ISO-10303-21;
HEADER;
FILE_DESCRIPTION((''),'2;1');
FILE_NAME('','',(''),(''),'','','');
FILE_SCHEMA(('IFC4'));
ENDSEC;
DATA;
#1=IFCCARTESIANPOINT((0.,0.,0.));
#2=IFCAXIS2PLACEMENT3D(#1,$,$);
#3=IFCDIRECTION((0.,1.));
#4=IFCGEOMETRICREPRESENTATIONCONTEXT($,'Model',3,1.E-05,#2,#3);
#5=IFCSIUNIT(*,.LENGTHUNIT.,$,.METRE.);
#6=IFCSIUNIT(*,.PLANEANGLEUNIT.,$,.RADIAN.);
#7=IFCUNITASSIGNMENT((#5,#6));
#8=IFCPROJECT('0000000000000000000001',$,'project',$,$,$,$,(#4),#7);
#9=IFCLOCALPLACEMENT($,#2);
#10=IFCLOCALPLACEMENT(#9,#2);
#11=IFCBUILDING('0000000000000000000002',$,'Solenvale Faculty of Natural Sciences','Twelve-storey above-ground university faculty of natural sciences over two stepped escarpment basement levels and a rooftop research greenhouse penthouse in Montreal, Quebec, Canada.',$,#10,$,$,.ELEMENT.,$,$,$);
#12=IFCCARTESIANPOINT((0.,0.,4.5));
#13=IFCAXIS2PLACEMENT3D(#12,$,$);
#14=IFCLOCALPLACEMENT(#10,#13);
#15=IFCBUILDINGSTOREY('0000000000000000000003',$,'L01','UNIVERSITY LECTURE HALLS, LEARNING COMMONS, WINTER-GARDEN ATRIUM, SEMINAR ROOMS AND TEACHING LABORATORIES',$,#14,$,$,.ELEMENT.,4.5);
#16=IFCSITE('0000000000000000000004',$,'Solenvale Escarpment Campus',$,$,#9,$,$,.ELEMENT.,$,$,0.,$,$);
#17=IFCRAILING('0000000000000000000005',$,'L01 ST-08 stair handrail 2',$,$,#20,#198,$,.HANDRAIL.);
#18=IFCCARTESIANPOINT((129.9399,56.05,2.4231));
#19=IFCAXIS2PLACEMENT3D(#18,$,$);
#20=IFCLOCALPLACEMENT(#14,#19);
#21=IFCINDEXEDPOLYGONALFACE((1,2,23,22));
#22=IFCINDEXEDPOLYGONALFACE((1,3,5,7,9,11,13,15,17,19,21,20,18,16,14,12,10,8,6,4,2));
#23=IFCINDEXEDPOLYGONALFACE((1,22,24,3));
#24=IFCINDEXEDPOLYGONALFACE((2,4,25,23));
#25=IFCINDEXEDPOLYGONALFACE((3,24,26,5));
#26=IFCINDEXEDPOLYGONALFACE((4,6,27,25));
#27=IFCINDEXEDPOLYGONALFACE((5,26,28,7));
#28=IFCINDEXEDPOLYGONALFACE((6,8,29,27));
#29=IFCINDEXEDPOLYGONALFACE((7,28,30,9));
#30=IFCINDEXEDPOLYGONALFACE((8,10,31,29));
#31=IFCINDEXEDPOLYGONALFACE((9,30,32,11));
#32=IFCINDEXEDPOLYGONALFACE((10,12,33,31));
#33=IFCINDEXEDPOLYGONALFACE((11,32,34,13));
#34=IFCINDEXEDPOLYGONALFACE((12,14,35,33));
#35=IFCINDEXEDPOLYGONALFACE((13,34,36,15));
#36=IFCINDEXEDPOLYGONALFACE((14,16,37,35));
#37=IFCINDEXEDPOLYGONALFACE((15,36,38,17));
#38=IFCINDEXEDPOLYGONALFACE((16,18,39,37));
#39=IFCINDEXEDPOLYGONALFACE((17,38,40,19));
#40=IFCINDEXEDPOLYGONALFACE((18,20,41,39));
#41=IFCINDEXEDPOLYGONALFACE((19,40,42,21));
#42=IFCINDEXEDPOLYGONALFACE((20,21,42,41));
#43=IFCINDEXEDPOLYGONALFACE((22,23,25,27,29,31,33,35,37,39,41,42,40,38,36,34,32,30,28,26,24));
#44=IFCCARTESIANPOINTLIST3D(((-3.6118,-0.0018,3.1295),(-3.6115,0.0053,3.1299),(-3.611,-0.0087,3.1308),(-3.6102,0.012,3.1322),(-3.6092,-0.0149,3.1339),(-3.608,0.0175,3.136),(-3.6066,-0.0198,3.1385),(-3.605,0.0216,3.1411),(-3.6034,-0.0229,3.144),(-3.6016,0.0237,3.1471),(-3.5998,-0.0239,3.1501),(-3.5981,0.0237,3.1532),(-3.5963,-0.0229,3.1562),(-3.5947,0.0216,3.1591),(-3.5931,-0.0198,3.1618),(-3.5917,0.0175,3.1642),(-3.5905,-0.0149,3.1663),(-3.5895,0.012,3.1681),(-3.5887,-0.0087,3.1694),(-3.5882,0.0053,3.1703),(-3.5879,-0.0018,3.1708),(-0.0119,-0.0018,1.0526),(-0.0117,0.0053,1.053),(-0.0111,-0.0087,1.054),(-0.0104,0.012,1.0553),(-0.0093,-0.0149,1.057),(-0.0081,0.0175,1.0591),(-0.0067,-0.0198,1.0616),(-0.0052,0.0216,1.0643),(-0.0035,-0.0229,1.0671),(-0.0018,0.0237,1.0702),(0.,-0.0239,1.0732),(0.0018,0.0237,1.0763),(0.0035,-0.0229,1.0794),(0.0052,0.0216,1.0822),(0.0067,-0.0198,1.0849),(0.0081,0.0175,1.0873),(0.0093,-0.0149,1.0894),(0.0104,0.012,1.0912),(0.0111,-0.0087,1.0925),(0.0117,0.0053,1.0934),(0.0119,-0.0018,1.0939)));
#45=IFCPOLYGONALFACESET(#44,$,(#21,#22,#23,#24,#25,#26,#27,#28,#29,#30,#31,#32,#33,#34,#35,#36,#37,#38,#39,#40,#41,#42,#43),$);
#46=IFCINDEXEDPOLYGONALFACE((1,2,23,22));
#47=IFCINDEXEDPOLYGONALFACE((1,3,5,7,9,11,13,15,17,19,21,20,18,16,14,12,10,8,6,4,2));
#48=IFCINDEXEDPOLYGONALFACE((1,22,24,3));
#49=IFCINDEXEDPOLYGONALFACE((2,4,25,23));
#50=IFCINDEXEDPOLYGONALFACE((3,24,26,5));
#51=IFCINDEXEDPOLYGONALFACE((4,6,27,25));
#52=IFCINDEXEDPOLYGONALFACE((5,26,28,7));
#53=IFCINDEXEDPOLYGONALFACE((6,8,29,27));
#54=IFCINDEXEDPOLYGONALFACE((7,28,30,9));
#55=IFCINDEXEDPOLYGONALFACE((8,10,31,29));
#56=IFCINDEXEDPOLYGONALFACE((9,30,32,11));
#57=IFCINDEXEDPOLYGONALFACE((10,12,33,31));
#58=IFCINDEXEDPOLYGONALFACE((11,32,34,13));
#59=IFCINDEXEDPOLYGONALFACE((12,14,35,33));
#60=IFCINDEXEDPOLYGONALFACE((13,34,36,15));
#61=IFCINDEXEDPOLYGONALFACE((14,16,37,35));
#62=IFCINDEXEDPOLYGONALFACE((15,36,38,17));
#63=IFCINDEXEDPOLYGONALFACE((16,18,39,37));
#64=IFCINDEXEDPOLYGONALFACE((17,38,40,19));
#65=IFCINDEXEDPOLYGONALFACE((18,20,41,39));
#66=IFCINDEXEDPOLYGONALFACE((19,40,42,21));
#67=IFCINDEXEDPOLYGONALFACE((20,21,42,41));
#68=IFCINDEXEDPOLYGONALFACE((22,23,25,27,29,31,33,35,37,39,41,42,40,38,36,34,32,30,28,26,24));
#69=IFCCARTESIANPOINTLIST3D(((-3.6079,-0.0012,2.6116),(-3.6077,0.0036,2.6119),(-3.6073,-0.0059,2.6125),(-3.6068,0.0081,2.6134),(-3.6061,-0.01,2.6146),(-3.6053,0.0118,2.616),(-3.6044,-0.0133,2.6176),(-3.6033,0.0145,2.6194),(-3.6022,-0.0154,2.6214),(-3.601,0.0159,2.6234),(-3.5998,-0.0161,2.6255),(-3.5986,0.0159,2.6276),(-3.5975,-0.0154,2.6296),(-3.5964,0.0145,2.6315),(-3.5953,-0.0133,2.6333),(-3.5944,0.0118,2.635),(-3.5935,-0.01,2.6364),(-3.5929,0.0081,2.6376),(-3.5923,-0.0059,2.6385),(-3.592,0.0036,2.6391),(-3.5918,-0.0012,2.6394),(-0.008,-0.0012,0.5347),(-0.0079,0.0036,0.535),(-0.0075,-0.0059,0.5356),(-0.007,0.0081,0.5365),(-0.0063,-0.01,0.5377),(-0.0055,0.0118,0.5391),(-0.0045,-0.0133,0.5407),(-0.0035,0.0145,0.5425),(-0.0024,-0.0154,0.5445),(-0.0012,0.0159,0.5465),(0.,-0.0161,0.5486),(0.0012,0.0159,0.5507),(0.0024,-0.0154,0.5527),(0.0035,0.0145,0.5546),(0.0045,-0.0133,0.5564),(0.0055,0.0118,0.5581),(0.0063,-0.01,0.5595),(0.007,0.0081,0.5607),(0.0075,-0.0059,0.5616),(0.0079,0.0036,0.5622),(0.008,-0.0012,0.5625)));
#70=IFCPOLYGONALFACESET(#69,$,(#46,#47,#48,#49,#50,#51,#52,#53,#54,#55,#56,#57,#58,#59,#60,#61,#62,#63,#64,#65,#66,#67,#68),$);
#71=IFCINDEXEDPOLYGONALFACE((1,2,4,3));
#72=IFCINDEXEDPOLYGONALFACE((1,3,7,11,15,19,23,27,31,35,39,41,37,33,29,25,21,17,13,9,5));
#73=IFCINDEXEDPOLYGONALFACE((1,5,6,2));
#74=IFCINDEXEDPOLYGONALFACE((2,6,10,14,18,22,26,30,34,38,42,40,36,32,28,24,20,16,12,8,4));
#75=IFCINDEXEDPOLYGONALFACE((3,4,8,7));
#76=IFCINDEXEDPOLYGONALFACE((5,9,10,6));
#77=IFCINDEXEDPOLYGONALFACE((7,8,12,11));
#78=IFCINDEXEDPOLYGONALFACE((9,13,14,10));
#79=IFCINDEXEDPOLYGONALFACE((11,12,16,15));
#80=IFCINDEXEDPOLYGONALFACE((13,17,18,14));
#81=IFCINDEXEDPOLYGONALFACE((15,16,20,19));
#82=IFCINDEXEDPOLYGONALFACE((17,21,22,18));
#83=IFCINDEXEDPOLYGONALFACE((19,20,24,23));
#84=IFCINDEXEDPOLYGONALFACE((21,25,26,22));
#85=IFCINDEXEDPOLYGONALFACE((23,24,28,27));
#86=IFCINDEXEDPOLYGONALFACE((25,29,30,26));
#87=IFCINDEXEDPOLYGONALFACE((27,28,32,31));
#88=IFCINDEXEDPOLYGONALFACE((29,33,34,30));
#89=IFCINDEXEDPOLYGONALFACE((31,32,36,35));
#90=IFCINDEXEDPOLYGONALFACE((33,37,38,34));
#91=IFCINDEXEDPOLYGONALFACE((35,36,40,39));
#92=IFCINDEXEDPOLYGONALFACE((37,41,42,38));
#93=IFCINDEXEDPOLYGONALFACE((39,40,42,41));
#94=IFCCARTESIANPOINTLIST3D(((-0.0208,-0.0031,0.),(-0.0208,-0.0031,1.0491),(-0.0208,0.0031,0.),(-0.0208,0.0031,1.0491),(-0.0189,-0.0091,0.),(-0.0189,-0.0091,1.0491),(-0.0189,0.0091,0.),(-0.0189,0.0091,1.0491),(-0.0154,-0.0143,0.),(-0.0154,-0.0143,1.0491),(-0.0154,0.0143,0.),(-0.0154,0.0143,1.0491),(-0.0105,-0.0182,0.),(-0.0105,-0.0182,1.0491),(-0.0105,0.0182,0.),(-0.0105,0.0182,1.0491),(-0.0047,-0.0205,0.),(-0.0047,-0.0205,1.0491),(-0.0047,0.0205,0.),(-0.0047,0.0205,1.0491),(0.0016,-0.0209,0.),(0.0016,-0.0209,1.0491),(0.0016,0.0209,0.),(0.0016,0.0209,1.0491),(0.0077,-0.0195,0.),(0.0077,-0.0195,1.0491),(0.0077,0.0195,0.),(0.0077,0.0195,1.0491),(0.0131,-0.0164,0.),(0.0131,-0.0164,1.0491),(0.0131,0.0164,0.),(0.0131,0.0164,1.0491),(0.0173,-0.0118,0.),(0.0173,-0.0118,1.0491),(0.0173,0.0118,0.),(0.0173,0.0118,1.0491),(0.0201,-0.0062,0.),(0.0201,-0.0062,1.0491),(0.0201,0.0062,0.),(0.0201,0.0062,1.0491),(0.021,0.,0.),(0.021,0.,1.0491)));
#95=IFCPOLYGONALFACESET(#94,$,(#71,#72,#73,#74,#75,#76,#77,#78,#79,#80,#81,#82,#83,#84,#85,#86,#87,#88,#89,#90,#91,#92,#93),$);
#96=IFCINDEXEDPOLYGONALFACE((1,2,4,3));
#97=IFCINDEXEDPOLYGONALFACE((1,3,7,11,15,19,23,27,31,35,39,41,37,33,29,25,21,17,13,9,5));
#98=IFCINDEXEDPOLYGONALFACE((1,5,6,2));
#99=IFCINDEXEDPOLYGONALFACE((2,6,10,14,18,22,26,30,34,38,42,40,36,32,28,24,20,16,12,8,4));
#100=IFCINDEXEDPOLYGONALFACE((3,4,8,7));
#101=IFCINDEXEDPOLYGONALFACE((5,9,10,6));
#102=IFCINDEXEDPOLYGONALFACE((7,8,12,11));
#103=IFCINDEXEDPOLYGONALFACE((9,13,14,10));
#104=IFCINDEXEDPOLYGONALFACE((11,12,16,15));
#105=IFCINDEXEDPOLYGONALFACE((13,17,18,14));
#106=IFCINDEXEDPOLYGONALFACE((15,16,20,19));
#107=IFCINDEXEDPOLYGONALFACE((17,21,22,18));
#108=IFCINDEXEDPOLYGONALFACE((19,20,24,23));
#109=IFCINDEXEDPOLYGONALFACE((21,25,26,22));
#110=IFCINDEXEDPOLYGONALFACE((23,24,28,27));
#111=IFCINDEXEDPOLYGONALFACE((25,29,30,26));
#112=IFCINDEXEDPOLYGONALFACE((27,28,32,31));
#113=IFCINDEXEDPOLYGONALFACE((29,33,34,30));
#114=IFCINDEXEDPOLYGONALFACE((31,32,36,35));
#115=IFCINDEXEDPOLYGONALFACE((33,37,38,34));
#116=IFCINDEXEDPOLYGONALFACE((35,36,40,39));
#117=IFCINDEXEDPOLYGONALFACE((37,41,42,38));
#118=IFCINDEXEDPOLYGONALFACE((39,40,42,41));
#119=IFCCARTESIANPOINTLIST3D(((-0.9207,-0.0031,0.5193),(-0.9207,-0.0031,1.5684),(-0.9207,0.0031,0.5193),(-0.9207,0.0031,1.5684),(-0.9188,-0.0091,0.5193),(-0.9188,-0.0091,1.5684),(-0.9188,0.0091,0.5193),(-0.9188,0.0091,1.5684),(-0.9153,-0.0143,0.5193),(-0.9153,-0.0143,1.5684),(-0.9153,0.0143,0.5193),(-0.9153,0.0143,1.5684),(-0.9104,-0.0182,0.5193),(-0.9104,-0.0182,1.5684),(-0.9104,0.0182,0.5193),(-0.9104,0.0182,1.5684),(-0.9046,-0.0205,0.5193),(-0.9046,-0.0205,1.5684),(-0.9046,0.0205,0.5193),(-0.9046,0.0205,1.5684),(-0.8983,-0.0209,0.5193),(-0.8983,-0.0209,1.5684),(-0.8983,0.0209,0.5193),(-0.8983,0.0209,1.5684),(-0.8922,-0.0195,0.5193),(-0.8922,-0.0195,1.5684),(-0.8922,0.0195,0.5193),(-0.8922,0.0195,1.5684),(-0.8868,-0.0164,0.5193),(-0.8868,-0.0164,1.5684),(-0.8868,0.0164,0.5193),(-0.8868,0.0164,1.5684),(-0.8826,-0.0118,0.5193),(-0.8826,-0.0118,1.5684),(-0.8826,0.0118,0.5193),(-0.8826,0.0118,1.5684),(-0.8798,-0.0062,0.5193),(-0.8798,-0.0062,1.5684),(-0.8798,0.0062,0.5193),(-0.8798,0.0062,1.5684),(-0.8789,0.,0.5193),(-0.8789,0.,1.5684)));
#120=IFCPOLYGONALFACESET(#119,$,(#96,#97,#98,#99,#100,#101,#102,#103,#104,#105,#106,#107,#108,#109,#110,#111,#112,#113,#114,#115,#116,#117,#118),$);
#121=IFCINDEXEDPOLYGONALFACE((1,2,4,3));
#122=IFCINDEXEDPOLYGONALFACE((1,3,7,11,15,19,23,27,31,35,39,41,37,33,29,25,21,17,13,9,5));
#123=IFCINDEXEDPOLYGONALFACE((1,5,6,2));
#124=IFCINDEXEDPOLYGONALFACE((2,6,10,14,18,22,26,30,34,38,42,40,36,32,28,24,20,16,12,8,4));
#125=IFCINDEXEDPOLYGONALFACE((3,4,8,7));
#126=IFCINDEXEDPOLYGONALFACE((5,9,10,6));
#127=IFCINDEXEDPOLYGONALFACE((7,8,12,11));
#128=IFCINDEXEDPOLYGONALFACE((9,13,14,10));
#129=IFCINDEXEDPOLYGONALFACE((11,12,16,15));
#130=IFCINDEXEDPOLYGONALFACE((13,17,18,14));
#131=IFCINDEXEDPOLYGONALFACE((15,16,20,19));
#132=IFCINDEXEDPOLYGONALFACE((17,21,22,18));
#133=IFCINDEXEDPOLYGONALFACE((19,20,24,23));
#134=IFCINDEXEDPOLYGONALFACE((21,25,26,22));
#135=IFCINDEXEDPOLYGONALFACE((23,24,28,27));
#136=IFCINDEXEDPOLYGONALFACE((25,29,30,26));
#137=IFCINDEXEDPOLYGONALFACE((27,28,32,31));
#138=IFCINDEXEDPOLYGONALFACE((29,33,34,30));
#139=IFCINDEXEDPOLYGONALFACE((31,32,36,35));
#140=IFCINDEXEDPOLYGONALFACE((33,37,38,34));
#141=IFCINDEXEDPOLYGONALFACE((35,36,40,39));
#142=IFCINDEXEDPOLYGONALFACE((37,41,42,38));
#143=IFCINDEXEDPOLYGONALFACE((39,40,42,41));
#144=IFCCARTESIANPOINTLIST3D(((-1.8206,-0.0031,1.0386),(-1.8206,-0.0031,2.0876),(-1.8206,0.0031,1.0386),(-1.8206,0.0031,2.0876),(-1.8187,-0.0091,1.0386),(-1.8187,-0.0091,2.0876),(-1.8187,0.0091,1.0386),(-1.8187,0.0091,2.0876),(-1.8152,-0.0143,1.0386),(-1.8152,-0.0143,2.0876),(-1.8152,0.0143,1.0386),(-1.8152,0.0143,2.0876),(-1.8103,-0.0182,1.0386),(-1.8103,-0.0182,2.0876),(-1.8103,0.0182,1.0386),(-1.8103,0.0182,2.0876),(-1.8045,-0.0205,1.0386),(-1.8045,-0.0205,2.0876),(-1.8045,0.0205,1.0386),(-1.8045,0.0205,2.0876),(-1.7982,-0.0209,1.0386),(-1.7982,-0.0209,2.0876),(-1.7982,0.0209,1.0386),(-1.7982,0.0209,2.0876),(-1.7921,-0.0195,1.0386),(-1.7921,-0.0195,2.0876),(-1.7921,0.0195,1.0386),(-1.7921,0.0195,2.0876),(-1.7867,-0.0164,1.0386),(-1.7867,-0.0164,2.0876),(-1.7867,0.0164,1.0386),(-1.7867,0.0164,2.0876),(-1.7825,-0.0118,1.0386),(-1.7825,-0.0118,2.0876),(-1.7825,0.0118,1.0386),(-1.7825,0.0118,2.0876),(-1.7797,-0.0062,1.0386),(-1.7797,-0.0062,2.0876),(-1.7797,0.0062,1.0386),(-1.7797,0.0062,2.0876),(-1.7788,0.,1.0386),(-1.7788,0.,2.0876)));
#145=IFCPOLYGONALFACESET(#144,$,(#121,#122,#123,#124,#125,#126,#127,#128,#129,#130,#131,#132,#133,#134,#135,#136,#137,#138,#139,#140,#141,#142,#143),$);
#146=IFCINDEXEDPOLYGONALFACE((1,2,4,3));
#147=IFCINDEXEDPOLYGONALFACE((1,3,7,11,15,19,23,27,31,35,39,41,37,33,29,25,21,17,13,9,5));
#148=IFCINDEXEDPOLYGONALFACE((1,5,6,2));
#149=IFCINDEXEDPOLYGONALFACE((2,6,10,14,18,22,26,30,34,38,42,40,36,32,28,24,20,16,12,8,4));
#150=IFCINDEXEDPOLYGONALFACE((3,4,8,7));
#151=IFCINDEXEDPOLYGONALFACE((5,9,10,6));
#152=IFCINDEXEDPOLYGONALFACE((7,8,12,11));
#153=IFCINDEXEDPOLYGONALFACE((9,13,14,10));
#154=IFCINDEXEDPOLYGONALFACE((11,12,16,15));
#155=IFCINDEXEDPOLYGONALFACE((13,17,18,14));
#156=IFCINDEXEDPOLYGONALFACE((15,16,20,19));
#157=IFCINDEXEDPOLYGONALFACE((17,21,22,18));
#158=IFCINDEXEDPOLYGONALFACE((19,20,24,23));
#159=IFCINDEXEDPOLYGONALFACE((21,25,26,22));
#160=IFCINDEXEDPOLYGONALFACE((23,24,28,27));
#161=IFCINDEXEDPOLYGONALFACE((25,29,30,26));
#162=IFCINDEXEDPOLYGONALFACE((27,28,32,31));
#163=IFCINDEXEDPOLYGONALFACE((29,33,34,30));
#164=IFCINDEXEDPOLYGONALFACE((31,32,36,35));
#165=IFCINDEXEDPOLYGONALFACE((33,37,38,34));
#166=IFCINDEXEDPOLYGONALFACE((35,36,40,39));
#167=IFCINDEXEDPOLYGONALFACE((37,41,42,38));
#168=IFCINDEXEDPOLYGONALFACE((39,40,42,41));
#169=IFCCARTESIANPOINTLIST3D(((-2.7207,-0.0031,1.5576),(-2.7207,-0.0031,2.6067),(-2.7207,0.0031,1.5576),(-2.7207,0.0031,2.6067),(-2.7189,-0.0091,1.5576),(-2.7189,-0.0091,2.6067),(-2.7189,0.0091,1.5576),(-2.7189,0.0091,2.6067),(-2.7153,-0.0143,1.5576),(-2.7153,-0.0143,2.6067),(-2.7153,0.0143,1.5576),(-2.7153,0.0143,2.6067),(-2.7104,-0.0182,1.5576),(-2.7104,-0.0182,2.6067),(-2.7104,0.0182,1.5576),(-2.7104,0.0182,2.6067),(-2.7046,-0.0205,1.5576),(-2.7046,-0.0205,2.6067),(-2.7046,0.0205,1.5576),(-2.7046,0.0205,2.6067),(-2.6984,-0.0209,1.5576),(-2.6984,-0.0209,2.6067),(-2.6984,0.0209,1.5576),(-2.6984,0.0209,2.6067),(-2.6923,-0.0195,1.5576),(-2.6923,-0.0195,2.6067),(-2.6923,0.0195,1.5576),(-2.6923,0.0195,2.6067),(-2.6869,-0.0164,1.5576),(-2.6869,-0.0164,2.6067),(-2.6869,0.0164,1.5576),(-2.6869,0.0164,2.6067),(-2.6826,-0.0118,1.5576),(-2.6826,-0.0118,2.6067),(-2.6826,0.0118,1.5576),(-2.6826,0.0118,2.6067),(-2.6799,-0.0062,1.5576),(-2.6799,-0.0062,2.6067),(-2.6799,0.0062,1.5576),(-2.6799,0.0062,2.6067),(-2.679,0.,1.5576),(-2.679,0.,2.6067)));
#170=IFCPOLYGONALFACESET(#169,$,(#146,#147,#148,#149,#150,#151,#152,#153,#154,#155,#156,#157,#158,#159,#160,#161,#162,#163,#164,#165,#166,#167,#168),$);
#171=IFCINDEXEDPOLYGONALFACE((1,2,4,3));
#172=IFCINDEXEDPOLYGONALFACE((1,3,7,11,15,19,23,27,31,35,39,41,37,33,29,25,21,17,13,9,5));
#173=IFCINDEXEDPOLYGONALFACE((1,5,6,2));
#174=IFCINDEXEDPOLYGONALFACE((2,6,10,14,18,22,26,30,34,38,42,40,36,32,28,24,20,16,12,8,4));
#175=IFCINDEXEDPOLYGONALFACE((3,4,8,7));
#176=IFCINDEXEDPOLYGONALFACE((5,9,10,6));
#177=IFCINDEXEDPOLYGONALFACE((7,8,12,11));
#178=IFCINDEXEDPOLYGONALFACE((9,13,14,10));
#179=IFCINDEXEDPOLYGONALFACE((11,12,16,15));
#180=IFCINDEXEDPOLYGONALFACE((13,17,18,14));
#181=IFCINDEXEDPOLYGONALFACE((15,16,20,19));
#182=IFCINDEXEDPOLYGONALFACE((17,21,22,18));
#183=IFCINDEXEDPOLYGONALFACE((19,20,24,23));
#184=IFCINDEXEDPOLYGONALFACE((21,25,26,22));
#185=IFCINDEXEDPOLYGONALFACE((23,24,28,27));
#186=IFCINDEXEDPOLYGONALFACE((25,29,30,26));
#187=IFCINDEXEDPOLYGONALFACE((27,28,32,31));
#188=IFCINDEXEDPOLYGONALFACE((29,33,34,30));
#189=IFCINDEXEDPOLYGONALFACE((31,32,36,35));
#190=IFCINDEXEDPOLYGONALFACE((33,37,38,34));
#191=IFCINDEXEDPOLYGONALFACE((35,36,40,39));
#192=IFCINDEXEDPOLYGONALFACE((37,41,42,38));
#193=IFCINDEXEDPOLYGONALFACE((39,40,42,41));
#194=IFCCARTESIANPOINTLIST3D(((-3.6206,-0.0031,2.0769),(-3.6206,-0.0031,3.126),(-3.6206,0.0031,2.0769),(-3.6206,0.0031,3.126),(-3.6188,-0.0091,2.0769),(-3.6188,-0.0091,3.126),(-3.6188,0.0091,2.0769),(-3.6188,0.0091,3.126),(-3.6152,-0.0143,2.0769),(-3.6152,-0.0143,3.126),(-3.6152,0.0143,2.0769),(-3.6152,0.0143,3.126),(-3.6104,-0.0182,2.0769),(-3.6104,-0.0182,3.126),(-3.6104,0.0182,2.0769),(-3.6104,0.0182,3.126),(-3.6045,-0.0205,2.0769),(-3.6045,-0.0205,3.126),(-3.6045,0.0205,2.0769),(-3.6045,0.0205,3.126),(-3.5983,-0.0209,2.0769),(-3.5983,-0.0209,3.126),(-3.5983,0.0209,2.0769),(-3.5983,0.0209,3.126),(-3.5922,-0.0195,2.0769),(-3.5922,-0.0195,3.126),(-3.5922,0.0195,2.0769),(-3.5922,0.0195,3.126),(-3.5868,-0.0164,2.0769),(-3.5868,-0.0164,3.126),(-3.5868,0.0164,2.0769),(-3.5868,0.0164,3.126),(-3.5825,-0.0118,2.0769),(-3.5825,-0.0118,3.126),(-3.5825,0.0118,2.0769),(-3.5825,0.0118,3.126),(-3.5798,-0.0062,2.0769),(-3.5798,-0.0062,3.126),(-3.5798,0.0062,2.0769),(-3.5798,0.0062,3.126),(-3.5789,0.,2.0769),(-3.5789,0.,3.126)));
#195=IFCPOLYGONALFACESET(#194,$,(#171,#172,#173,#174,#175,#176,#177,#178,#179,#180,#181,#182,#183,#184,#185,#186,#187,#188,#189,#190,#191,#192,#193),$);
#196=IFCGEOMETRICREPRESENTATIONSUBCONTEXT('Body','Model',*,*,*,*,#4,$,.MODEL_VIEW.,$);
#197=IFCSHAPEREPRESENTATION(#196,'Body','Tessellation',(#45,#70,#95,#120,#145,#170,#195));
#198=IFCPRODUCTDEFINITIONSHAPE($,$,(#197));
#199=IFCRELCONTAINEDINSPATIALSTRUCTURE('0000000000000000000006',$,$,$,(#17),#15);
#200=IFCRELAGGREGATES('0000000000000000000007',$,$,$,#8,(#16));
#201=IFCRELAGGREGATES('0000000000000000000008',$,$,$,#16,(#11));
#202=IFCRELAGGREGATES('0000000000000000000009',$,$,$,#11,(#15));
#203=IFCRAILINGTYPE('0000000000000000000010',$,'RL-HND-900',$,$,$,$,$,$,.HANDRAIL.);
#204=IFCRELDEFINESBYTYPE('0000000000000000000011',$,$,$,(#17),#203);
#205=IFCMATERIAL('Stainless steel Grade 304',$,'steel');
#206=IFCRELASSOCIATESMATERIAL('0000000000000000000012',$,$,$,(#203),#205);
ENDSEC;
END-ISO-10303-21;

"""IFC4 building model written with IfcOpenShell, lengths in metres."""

from ifc_helpers import new_model, si_unit, direction, frame, origin, origin_2d, place, context, subcontext, project, spatial, circle, extrude, material, type_object, element, save


model = new_model("IFC4")

# Units and contexts
model_context = context("Model", 3, precision=1e-05, world=origin(), true_north=direction((0.0, 1.0)))
body_context = subcontext(model_context, "Body", "Model", "MODEL_VIEW")
ifc_project = project(units=[si_unit("LENGTHUNIT", "METRE"), si_unit("PLANEANGLEUNIT", "RADIAN")], contexts=[model_context])

# Site, building, storey
site_placement = place(None, origin())
site = spatial("IfcSite", under=ifc_project, at=site_placement, Name="Solenvale Escarpment Campus", CompositionType="ELEMENT", RefElevation=0.0)
building_placement = place(site_placement, origin())
building = spatial("IfcBuilding", under=site, at=building_placement, Name="Solenvale Faculty of Natural Sciences", Description="Twelve-storey above-ground university faculty of natural sciences over two stepped escarpment basement levels and a rooftop research greenhouse penthouse in Montreal, Quebec, Canada.", CompositionType="ELEMENT")
storey_placement = place(building_placement, frame((0.0, 0.0, 4.5)))
storey = spatial("IfcBuildingStorey", under=building, at=storey_placement, Name="L01", Description="UNIVERSITY LECTURE HALLS, LEARNING COMMONS, WINTER-GARDEN ATRIUM, SEMINAR ROOMS AND TEACHING LABORATORIES", CompositionType="ELEMENT", Elevation=4.5)

# Railing
ifc_material_1 = material(Name="Stainless steel Grade 304", Category="steel")
railing_type_1 = type_object("IfcRailingType", Name="RL-HND-900", PredefinedType="HANDRAIL", material=ifc_material_1)
railing_1_placement = place(storey_placement, frame((129.9399, 56.05, 2.4231)))
element("IfcRailing", 1, at=railing_1_placement, inside=storey, type_object=railing_type_1, Name="L01 ST-08 stair handrail 2", PredefinedType="HANDRAIL", context=body_context, shape_type="SweptSolid", body=[
    extrude(circle(Radius=0.0239, at=origin_2d()), frame((0.0, 0.0, 1.0732), z_axis=(-0.866179, 0.0, 0.499734), x_axis=(0.0, -1.0, 0.0)), (0.0, 0.0, 1.0), 4.156),
    extrude(circle(Radius=0.0161, at=origin_2d()), frame((0.0, 0.0, 0.5486), z_axis=(-0.866179, 0.0, 0.499734), x_axis=(0.0, -1.0, 0.0)), (0.0, 0.0, 1.0), 4.156),
    extrude(circle(Radius=0.021, at=origin_2d()), origin(), (0.0, 0.0, 1.0), 1.0491),
    extrude(circle(Radius=0.021, at=origin_2d()), frame((-0.8999, 0.0, 0.5193)), (0.0, 0.0, 1.0), 1.0491),
    extrude(circle(Radius=0.021, at=origin_2d()), frame((-1.7998, 0.0, 1.0386)), (0.0, 0.0, 1.0), 1.0491),
    extrude(circle(Radius=0.021, at=origin_2d()), frame((-2.7, 0.0, 1.5576)), (0.0, 0.0, 1.0), 1.0491),
    extrude(circle(Radius=0.021, at=origin_2d()), frame((-3.5999, 0.0, 2.0769)), (0.0, 0.0, 1.0), 1.0491),
])

save(model, "model.ifc")
